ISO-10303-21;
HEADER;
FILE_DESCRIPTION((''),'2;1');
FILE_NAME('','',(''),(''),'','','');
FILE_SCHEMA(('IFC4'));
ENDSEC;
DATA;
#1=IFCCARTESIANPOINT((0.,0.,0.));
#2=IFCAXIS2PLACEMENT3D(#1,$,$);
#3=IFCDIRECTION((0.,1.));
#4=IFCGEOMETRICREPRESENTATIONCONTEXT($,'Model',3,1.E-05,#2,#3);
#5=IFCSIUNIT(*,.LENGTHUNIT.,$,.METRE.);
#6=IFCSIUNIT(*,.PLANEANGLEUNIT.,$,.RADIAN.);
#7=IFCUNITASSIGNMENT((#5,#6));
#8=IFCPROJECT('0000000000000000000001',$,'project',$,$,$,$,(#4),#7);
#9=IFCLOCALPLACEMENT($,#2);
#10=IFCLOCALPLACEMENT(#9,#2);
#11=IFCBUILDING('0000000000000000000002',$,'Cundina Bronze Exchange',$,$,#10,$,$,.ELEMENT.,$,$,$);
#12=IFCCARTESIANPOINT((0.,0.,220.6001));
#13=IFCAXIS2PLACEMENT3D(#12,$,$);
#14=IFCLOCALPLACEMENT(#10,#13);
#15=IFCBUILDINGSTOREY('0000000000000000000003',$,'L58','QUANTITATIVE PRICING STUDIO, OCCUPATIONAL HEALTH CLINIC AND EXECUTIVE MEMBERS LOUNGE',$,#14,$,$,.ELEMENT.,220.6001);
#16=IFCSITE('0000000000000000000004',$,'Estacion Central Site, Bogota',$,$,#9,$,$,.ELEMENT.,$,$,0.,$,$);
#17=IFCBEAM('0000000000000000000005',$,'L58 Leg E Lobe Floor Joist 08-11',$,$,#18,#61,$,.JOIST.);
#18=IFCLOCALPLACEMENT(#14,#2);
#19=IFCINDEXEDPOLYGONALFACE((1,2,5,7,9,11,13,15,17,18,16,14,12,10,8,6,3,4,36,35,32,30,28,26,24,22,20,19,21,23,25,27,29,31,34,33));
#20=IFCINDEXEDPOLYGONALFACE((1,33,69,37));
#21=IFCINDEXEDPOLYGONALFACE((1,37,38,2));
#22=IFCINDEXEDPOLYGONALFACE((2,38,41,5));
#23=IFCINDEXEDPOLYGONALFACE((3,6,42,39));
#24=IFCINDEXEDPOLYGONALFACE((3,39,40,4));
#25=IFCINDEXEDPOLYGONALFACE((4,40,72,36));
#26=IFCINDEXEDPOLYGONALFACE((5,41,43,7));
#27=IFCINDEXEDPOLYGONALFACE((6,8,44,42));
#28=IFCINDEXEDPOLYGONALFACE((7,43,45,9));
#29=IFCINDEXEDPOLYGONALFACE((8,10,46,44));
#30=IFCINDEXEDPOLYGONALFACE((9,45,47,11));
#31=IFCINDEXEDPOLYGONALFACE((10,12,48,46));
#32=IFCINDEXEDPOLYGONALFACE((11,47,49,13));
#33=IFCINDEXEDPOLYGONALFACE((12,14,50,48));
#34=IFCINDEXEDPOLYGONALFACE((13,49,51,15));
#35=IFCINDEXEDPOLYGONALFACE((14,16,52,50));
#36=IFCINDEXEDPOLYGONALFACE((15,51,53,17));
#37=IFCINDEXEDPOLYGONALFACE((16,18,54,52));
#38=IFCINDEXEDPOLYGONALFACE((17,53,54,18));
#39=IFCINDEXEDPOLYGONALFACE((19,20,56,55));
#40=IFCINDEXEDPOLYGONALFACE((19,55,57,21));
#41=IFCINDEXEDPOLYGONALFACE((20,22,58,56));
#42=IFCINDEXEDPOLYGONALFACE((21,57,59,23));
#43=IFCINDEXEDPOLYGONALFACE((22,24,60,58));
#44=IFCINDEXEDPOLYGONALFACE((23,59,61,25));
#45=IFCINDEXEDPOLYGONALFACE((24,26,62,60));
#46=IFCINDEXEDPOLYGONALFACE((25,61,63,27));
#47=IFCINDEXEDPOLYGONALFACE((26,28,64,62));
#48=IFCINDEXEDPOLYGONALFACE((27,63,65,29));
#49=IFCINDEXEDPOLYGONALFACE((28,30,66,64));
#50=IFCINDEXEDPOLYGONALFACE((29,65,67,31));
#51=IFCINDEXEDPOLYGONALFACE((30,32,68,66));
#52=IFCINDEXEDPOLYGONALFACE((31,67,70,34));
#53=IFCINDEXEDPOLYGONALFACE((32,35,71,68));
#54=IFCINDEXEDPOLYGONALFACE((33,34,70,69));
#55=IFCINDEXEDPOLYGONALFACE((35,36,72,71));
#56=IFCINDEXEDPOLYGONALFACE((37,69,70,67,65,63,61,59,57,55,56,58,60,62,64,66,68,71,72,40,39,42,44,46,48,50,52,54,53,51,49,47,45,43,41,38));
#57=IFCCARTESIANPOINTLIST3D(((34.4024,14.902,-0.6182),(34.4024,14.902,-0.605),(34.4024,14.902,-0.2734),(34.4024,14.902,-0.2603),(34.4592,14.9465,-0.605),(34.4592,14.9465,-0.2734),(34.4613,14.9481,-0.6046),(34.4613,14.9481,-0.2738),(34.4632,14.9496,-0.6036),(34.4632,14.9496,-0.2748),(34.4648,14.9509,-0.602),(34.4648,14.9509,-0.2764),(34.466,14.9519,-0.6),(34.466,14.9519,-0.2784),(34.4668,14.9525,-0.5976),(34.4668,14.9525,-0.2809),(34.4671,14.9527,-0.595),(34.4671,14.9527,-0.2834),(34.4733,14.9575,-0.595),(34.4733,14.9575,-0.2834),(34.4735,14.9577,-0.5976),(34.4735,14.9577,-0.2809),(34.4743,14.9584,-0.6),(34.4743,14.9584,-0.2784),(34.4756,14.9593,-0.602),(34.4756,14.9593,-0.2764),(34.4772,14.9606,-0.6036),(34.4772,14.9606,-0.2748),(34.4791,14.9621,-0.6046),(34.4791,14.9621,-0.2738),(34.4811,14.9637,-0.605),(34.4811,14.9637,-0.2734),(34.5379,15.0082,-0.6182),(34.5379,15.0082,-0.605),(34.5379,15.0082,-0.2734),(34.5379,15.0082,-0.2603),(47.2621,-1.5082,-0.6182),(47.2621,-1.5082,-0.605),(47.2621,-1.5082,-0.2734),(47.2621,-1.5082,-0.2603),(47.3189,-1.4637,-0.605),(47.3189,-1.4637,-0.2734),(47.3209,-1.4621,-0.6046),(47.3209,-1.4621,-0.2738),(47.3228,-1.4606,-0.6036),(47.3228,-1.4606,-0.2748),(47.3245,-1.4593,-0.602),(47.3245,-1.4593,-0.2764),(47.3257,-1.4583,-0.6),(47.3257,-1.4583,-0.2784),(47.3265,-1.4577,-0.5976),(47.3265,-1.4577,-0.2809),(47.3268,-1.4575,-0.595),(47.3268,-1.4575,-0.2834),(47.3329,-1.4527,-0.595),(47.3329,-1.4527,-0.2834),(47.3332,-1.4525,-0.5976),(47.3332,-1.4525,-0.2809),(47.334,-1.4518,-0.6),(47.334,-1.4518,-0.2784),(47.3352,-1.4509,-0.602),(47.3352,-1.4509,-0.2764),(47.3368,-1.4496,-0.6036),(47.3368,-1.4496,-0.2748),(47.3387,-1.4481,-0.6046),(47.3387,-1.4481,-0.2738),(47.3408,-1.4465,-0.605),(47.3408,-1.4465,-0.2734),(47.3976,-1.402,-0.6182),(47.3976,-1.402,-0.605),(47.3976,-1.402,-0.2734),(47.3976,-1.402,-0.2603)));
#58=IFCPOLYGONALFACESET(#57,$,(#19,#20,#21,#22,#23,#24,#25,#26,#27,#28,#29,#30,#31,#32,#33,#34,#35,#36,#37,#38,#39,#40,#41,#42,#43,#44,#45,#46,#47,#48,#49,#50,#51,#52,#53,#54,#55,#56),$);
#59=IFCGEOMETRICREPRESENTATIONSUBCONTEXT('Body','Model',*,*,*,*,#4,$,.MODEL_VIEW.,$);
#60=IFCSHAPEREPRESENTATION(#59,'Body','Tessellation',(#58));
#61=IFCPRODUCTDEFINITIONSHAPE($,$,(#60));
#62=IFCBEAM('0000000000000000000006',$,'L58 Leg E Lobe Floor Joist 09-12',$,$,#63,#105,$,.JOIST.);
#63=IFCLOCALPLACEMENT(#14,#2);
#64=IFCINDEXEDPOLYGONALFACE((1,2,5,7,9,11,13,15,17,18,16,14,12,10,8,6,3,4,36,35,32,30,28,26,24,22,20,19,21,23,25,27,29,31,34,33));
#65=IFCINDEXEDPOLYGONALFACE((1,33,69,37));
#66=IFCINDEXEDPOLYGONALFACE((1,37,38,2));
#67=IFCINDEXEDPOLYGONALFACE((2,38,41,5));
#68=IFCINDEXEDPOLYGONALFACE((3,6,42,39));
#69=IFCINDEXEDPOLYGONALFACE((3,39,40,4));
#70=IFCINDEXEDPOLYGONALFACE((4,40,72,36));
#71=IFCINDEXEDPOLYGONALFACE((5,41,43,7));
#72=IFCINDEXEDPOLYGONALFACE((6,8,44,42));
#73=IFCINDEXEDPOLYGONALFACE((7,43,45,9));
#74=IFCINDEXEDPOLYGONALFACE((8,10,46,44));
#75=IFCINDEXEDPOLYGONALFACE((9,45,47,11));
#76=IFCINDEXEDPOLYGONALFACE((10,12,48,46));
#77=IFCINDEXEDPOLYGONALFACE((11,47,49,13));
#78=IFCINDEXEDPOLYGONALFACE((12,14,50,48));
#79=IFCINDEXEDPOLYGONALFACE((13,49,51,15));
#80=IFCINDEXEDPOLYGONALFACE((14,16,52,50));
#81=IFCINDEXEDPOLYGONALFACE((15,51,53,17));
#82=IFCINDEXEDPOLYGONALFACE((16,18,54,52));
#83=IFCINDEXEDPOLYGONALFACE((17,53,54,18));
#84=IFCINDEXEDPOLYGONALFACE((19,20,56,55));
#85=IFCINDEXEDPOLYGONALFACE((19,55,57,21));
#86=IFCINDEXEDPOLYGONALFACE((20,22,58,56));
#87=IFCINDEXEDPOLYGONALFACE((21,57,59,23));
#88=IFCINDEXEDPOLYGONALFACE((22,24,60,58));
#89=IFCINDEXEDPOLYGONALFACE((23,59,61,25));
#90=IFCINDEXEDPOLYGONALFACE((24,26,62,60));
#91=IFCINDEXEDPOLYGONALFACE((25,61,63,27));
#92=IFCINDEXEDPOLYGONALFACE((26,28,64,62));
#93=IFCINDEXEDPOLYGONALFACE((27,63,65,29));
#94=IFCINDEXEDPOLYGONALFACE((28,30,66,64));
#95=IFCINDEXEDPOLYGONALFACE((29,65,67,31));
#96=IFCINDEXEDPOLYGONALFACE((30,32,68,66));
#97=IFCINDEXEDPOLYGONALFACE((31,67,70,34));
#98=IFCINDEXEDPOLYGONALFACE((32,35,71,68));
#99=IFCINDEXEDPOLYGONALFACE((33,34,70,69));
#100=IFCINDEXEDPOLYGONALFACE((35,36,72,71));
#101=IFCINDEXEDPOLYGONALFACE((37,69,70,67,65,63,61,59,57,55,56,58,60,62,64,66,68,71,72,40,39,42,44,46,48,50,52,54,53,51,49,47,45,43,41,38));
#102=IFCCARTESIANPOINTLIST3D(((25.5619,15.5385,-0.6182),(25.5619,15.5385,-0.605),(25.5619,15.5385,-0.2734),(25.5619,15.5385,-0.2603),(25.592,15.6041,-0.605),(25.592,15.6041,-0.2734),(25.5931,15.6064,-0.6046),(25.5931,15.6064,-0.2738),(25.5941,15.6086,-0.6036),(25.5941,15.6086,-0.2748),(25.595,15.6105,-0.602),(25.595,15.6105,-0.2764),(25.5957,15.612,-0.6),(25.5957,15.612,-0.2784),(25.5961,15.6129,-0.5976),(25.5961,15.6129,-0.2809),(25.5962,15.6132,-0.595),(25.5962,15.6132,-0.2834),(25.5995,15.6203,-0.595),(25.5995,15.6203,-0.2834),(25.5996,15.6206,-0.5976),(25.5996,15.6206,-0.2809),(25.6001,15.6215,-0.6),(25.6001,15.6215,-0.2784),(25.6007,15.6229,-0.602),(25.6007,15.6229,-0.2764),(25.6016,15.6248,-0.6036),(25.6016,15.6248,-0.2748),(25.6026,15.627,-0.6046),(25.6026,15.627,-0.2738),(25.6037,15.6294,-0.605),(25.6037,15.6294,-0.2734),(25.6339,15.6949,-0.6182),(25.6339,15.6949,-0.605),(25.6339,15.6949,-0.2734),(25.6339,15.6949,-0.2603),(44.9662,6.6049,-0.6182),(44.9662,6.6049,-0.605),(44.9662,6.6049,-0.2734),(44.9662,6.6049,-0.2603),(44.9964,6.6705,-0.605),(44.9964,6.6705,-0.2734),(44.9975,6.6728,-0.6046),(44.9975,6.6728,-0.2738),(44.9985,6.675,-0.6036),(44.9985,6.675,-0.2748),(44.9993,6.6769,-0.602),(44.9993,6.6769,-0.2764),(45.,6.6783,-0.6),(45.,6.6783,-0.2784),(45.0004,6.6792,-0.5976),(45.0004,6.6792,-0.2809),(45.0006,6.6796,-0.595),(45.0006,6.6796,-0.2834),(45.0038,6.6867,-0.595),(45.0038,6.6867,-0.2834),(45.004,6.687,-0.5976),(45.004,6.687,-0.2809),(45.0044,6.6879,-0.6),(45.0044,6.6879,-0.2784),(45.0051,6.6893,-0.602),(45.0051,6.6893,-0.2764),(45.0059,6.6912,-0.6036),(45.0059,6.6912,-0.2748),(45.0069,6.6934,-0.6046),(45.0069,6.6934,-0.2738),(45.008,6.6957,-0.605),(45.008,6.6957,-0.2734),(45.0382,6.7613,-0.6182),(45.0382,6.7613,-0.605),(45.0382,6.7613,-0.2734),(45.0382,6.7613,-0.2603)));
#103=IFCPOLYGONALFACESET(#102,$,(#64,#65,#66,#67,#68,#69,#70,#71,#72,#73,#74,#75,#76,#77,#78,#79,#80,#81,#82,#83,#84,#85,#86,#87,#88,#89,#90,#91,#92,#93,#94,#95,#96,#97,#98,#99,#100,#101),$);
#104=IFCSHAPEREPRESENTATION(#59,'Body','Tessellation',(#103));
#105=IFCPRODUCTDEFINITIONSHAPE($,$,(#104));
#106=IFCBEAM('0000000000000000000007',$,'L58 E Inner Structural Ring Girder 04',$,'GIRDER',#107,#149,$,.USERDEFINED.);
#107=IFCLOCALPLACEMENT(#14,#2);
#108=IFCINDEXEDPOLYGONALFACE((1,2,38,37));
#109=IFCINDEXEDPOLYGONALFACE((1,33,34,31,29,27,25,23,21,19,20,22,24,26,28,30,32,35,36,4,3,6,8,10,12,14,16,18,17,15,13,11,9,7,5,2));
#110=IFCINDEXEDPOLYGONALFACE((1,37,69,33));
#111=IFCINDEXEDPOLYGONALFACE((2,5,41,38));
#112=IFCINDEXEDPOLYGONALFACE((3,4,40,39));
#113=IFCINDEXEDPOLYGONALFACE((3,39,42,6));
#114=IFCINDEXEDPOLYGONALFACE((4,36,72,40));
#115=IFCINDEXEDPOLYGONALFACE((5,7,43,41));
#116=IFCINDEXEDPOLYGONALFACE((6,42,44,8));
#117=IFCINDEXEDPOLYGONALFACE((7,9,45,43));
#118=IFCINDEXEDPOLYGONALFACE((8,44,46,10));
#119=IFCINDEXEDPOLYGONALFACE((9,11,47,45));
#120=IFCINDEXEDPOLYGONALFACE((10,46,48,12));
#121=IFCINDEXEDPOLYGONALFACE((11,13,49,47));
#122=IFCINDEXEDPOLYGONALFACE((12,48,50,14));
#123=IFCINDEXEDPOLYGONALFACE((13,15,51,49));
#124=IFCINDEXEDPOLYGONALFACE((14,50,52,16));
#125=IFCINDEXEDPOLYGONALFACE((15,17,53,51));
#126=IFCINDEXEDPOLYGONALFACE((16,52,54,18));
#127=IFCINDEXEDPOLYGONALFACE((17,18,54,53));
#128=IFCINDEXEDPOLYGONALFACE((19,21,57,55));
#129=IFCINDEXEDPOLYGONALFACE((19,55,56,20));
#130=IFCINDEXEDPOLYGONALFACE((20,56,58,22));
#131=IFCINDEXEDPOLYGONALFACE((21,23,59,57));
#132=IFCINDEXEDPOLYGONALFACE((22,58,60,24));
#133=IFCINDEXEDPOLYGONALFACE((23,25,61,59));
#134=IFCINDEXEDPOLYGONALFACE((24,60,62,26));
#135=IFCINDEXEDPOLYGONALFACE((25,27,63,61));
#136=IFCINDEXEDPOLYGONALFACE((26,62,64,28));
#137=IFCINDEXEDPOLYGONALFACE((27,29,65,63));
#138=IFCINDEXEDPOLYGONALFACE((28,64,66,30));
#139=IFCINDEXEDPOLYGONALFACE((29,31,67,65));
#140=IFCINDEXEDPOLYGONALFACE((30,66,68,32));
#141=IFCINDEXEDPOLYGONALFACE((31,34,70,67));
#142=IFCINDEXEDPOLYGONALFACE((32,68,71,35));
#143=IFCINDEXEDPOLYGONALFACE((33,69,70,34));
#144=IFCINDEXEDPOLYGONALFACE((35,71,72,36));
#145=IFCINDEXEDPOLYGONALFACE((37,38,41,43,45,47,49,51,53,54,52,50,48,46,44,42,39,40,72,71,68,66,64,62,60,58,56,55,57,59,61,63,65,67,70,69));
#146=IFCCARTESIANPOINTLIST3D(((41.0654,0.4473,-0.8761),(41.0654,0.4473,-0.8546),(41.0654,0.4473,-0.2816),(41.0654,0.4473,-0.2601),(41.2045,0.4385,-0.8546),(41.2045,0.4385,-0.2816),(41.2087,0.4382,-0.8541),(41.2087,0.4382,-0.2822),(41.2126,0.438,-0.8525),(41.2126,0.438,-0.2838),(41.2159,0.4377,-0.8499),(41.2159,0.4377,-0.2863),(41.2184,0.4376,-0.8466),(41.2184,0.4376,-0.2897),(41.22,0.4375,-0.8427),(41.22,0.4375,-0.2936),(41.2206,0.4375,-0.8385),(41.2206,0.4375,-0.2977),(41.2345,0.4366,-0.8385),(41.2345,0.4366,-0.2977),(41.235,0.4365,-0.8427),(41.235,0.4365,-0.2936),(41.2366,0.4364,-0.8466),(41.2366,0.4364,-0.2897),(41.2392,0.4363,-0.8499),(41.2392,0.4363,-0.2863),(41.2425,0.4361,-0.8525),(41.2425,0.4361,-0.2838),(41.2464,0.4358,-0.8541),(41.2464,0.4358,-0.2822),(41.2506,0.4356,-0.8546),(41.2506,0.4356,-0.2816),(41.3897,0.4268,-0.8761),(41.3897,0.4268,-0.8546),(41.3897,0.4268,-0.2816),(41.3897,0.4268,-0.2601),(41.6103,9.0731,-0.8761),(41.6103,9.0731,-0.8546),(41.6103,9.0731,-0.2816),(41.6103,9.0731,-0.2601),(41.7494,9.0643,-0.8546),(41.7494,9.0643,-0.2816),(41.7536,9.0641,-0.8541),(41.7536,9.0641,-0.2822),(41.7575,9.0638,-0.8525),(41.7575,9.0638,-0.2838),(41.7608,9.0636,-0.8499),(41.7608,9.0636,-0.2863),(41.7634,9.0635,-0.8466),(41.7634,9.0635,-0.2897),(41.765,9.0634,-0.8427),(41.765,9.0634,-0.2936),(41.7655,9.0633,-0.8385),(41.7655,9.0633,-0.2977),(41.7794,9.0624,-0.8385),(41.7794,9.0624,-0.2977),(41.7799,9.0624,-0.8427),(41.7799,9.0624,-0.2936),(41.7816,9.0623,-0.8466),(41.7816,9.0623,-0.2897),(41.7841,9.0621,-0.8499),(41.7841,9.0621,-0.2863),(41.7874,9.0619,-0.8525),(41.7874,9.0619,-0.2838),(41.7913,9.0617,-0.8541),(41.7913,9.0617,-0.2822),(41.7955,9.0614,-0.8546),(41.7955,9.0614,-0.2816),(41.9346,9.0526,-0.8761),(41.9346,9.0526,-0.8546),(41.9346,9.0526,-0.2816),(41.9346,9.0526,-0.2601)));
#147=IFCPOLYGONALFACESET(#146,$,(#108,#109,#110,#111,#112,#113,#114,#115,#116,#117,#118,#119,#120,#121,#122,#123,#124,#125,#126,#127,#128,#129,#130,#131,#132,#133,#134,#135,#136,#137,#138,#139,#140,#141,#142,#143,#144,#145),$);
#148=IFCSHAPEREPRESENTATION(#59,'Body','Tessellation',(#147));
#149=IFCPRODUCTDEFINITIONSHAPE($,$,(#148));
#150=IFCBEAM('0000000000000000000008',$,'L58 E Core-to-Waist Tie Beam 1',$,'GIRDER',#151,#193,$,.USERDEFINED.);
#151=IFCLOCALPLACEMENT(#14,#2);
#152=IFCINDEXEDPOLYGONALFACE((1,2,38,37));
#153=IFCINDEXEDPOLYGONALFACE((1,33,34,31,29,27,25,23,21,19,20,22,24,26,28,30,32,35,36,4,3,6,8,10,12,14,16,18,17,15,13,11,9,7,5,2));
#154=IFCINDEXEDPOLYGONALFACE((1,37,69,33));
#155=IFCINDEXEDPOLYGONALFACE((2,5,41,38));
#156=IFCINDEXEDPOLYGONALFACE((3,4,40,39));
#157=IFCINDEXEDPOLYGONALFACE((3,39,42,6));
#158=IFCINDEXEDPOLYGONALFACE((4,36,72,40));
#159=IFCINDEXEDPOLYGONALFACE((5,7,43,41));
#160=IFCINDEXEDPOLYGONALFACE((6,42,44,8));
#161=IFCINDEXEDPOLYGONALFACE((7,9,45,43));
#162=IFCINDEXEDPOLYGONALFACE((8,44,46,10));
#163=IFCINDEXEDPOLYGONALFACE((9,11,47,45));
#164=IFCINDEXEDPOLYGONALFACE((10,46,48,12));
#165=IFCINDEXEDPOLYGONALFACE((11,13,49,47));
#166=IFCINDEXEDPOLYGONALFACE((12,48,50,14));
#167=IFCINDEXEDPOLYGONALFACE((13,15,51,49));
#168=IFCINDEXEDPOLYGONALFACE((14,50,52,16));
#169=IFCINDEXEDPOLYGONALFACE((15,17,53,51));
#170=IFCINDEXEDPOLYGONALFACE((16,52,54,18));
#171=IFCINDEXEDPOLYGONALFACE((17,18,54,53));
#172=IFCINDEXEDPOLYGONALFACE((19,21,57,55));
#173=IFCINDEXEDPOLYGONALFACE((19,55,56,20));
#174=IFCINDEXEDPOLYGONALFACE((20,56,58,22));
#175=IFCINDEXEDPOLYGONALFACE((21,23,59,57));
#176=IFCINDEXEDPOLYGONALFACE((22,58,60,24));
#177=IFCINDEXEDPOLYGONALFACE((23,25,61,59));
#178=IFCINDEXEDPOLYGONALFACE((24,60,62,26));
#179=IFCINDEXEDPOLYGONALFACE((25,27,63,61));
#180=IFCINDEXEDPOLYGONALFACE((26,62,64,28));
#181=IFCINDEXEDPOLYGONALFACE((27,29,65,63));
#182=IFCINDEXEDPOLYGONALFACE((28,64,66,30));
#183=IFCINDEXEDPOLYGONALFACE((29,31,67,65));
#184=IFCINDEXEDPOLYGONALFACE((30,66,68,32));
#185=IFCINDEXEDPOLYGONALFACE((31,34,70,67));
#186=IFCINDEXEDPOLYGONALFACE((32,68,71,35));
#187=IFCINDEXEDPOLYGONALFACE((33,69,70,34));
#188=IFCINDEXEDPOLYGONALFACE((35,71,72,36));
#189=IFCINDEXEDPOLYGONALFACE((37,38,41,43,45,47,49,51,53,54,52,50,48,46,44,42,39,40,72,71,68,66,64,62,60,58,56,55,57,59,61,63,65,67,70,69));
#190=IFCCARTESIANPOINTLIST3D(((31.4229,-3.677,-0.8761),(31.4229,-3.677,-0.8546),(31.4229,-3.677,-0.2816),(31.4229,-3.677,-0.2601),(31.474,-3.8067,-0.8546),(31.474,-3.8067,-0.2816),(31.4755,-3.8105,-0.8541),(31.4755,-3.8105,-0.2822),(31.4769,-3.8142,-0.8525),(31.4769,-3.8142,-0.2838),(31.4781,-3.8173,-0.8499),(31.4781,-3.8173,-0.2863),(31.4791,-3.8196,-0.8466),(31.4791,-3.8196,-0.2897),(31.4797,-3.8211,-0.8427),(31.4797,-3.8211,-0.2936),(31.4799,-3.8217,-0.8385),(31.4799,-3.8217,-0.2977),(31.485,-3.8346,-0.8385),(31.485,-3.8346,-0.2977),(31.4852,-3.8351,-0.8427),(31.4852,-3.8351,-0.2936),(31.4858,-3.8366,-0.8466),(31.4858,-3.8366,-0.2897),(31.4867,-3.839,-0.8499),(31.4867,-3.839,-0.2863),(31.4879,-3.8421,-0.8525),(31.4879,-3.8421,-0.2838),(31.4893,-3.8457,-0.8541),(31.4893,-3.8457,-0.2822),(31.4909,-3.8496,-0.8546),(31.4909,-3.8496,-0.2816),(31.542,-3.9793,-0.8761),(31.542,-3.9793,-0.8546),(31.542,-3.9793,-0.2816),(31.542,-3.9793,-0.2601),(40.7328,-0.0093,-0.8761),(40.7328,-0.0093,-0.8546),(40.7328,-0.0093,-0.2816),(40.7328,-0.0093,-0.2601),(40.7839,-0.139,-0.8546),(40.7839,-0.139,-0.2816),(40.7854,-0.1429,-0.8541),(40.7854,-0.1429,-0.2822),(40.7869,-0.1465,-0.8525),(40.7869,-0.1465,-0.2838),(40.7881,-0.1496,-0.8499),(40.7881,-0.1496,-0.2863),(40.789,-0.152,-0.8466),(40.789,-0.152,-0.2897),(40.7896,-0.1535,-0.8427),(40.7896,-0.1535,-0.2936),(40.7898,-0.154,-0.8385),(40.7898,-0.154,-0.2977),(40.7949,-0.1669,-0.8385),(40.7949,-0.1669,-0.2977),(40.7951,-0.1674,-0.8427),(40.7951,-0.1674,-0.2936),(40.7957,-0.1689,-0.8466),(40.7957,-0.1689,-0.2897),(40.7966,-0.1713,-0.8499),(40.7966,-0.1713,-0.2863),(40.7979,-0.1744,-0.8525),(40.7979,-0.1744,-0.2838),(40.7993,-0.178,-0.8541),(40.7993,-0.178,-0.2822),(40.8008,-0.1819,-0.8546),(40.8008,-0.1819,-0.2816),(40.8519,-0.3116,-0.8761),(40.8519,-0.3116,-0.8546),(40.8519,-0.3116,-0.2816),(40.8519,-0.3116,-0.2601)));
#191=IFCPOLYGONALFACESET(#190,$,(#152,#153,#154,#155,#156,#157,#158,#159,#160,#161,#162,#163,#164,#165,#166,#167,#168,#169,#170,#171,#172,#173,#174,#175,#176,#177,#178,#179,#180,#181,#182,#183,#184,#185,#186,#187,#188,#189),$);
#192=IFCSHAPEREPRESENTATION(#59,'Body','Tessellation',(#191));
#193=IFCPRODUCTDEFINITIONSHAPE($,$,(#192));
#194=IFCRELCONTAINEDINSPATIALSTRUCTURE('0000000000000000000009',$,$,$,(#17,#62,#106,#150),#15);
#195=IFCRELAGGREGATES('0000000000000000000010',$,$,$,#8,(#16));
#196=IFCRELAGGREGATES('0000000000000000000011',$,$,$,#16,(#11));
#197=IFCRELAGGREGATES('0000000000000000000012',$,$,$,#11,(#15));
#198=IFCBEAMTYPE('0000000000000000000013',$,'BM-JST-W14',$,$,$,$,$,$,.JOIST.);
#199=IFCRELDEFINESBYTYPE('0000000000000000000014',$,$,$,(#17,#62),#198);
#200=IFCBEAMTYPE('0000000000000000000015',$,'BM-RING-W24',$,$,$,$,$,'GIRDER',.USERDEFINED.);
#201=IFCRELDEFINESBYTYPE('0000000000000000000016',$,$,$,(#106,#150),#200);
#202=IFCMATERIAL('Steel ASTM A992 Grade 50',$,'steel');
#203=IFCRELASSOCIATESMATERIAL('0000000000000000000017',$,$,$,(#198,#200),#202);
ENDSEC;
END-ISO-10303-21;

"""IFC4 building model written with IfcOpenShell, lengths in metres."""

from ifc_helpers import new_model, si_unit, direction, frame, origin, origin_2d, place, context, subcontext, project, spatial, i_section, extrude, material, material_profile, profile_set, type_object, element, save


model = new_model("IFC4")

# Units and contexts
model_context = context("Model", 3, precision=1e-05, world=origin(), true_north=direction((0.0, 1.0)))
body_context = subcontext(model_context, "Body", "Model", "MODEL_VIEW")
ifc_project = project(units=[si_unit("LENGTHUNIT", "METRE"), si_unit("PLANEANGLEUNIT", "RADIAN")], contexts=[model_context])

# Site, building, storey
site_placement = place(None, origin())
site = spatial("IfcSite", under=ifc_project, at=site_placement, Name="Estacion Central Site, Bogota", CompositionType="ELEMENT", RefElevation=0.0)
building_placement = place(site_placement, origin())
building = spatial("IfcBuilding", under=site, at=building_placement, Name="Cundina Bronze Exchange", CompositionType="ELEMENT")
storey_placement = place(building_placement, frame((0.0, 0.0, 220.6001)))
storey = spatial("IfcBuildingStorey", under=building, at=storey_placement, Name="L58", Description="QUANTITATIVE PRICING STUDIO, OCCUPATIONAL HEALTH CLINIC AND EXECUTIVE MEMBERS LOUNGE", CompositionType="ELEMENT", Elevation=220.6001)

# Shared definitions
ifc_material_1 = material(Name="Steel ASTM A992 Grade 50", Category="steel")

# Beams
ifc_material_profile_1 = material_profile(ifc_material_1, i_section(OverallWidth=0.1721, OverallDepth=0.3579, WebThickness=0.0078, FlangeThickness=0.0132, FilletRadius=0.01, at=origin_2d()), Name="W14X38", Category="steel")
ifc_profile_set_1 = profile_set([ifc_material_profile_1], Name="Steel ASTM A992 Grade 50")
beam_type_1 = type_object("IfcBeamType", Name="BM-JST-W14", PredefinedType="JOIST", material=ifc_profile_set_1)
beam_1_placement = place(storey_placement, frame((47.3298, -1.4551, -0.4392), z_axis=(-0.61681, 0.787112, 0.0), x_axis=(-0.787112, -0.61681, 0.0)))
element("IfcBeam", 1, at=beam_1_placement, inside=storey, type_object=beam_type_1, Name="L58 Leg E Lobe Floor Joist 08-11", PredefinedType="JOIST", context=body_context, shape_type="SweptSolid", body=[
    extrude(i_section(OverallWidth=0.1721, OverallDepth=0.3579, WebThickness=0.0078, FlangeThickness=0.0132, FilletRadius=0.01, at=origin_2d()), origin(), (0.0, 0.0, 1.0), 20.8486),
])
beam_2_placement = place(storey_placement, frame((45.0022, 6.6831, -0.4392), z_axis=(-0.908355, 0.4182, 0.0), x_axis=(-0.4182, -0.908355, 0.0)))
element("IfcBeam", 2, at=beam_2_placement, inside=storey, type_object=beam_type_1, Name="L58 Leg E Lobe Floor Joist 09-12", PredefinedType="JOIST", context=body_context, shape_type="SweptSolid", body=[
    extrude(i_section(OverallWidth=0.1721, OverallDepth=0.3579, WebThickness=0.0078, FlangeThickness=0.0132, FilletRadius=0.01, at=origin_2d()), origin(), (0.0, 0.0, 1.0), 21.3621),
])
ifc_material_profile_2 = material_profile(ifc_material_1, i_section(OverallWidth=0.325, OverallDepth=0.616, WebThickness=0.0139, FlangeThickness=0.0215, FilletRadius=0.0161, at=origin_2d()), Name="W24X117", Category="steel")
ifc_profile_set_2 = profile_set([ifc_material_profile_2], Name="Steel ASTM A992 Grade 50")
beam_type_2 = type_object("IfcBeamType", Name="BM-RING-W24", ElementType="GIRDER", PredefinedType="USERDEFINED", material=ifc_profile_set_2)
beam_3_placement = place(storey_placement, frame((41.2275, 0.437, -0.5681), z_axis=(0.063047, 0.998011, 0.0), x_axis=(-0.998011, 0.063047, 0.0)))
element("IfcBeam", 3, at=beam_3_placement, inside=storey, type_object=beam_type_2, Name="L58 E Inner Structural Ring Girder 04", ObjectType="GIRDER", PredefinedType="USERDEFINED", context=body_context, shape_type="SweptSolid", body=[
    extrude(i_section(OverallWidth=0.325, OverallDepth=0.616, WebThickness=0.0139, FlangeThickness=0.0215, FilletRadius=0.0161, at=origin_2d()), origin(), (0.0, 0.0, 1.0), 8.6431),
])
beam_4_placement = place(storey_placement, frame((31.4824, -3.8281, -0.5681), z_axis=(0.930404, 0.366535, 0.0), x_axis=(-0.366535, 0.930404, 0.0)))
element("IfcBeam", 4, at=beam_4_placement, inside=storey, type_object=beam_type_2, Name="L58 E Core-to-Waist Tie Beam 1", ObjectType="GIRDER", PredefinedType="USERDEFINED", context=body_context, shape_type="SweptSolid", body=[
    extrude(i_section(OverallWidth=0.325, OverallDepth=0.616, WebThickness=0.0139, FlangeThickness=0.0215, FilletRadius=0.0161, at=origin_2d()), origin(), (0.0, 0.0, 1.0), 10.0063),
])

save(model, "model.ifc")
